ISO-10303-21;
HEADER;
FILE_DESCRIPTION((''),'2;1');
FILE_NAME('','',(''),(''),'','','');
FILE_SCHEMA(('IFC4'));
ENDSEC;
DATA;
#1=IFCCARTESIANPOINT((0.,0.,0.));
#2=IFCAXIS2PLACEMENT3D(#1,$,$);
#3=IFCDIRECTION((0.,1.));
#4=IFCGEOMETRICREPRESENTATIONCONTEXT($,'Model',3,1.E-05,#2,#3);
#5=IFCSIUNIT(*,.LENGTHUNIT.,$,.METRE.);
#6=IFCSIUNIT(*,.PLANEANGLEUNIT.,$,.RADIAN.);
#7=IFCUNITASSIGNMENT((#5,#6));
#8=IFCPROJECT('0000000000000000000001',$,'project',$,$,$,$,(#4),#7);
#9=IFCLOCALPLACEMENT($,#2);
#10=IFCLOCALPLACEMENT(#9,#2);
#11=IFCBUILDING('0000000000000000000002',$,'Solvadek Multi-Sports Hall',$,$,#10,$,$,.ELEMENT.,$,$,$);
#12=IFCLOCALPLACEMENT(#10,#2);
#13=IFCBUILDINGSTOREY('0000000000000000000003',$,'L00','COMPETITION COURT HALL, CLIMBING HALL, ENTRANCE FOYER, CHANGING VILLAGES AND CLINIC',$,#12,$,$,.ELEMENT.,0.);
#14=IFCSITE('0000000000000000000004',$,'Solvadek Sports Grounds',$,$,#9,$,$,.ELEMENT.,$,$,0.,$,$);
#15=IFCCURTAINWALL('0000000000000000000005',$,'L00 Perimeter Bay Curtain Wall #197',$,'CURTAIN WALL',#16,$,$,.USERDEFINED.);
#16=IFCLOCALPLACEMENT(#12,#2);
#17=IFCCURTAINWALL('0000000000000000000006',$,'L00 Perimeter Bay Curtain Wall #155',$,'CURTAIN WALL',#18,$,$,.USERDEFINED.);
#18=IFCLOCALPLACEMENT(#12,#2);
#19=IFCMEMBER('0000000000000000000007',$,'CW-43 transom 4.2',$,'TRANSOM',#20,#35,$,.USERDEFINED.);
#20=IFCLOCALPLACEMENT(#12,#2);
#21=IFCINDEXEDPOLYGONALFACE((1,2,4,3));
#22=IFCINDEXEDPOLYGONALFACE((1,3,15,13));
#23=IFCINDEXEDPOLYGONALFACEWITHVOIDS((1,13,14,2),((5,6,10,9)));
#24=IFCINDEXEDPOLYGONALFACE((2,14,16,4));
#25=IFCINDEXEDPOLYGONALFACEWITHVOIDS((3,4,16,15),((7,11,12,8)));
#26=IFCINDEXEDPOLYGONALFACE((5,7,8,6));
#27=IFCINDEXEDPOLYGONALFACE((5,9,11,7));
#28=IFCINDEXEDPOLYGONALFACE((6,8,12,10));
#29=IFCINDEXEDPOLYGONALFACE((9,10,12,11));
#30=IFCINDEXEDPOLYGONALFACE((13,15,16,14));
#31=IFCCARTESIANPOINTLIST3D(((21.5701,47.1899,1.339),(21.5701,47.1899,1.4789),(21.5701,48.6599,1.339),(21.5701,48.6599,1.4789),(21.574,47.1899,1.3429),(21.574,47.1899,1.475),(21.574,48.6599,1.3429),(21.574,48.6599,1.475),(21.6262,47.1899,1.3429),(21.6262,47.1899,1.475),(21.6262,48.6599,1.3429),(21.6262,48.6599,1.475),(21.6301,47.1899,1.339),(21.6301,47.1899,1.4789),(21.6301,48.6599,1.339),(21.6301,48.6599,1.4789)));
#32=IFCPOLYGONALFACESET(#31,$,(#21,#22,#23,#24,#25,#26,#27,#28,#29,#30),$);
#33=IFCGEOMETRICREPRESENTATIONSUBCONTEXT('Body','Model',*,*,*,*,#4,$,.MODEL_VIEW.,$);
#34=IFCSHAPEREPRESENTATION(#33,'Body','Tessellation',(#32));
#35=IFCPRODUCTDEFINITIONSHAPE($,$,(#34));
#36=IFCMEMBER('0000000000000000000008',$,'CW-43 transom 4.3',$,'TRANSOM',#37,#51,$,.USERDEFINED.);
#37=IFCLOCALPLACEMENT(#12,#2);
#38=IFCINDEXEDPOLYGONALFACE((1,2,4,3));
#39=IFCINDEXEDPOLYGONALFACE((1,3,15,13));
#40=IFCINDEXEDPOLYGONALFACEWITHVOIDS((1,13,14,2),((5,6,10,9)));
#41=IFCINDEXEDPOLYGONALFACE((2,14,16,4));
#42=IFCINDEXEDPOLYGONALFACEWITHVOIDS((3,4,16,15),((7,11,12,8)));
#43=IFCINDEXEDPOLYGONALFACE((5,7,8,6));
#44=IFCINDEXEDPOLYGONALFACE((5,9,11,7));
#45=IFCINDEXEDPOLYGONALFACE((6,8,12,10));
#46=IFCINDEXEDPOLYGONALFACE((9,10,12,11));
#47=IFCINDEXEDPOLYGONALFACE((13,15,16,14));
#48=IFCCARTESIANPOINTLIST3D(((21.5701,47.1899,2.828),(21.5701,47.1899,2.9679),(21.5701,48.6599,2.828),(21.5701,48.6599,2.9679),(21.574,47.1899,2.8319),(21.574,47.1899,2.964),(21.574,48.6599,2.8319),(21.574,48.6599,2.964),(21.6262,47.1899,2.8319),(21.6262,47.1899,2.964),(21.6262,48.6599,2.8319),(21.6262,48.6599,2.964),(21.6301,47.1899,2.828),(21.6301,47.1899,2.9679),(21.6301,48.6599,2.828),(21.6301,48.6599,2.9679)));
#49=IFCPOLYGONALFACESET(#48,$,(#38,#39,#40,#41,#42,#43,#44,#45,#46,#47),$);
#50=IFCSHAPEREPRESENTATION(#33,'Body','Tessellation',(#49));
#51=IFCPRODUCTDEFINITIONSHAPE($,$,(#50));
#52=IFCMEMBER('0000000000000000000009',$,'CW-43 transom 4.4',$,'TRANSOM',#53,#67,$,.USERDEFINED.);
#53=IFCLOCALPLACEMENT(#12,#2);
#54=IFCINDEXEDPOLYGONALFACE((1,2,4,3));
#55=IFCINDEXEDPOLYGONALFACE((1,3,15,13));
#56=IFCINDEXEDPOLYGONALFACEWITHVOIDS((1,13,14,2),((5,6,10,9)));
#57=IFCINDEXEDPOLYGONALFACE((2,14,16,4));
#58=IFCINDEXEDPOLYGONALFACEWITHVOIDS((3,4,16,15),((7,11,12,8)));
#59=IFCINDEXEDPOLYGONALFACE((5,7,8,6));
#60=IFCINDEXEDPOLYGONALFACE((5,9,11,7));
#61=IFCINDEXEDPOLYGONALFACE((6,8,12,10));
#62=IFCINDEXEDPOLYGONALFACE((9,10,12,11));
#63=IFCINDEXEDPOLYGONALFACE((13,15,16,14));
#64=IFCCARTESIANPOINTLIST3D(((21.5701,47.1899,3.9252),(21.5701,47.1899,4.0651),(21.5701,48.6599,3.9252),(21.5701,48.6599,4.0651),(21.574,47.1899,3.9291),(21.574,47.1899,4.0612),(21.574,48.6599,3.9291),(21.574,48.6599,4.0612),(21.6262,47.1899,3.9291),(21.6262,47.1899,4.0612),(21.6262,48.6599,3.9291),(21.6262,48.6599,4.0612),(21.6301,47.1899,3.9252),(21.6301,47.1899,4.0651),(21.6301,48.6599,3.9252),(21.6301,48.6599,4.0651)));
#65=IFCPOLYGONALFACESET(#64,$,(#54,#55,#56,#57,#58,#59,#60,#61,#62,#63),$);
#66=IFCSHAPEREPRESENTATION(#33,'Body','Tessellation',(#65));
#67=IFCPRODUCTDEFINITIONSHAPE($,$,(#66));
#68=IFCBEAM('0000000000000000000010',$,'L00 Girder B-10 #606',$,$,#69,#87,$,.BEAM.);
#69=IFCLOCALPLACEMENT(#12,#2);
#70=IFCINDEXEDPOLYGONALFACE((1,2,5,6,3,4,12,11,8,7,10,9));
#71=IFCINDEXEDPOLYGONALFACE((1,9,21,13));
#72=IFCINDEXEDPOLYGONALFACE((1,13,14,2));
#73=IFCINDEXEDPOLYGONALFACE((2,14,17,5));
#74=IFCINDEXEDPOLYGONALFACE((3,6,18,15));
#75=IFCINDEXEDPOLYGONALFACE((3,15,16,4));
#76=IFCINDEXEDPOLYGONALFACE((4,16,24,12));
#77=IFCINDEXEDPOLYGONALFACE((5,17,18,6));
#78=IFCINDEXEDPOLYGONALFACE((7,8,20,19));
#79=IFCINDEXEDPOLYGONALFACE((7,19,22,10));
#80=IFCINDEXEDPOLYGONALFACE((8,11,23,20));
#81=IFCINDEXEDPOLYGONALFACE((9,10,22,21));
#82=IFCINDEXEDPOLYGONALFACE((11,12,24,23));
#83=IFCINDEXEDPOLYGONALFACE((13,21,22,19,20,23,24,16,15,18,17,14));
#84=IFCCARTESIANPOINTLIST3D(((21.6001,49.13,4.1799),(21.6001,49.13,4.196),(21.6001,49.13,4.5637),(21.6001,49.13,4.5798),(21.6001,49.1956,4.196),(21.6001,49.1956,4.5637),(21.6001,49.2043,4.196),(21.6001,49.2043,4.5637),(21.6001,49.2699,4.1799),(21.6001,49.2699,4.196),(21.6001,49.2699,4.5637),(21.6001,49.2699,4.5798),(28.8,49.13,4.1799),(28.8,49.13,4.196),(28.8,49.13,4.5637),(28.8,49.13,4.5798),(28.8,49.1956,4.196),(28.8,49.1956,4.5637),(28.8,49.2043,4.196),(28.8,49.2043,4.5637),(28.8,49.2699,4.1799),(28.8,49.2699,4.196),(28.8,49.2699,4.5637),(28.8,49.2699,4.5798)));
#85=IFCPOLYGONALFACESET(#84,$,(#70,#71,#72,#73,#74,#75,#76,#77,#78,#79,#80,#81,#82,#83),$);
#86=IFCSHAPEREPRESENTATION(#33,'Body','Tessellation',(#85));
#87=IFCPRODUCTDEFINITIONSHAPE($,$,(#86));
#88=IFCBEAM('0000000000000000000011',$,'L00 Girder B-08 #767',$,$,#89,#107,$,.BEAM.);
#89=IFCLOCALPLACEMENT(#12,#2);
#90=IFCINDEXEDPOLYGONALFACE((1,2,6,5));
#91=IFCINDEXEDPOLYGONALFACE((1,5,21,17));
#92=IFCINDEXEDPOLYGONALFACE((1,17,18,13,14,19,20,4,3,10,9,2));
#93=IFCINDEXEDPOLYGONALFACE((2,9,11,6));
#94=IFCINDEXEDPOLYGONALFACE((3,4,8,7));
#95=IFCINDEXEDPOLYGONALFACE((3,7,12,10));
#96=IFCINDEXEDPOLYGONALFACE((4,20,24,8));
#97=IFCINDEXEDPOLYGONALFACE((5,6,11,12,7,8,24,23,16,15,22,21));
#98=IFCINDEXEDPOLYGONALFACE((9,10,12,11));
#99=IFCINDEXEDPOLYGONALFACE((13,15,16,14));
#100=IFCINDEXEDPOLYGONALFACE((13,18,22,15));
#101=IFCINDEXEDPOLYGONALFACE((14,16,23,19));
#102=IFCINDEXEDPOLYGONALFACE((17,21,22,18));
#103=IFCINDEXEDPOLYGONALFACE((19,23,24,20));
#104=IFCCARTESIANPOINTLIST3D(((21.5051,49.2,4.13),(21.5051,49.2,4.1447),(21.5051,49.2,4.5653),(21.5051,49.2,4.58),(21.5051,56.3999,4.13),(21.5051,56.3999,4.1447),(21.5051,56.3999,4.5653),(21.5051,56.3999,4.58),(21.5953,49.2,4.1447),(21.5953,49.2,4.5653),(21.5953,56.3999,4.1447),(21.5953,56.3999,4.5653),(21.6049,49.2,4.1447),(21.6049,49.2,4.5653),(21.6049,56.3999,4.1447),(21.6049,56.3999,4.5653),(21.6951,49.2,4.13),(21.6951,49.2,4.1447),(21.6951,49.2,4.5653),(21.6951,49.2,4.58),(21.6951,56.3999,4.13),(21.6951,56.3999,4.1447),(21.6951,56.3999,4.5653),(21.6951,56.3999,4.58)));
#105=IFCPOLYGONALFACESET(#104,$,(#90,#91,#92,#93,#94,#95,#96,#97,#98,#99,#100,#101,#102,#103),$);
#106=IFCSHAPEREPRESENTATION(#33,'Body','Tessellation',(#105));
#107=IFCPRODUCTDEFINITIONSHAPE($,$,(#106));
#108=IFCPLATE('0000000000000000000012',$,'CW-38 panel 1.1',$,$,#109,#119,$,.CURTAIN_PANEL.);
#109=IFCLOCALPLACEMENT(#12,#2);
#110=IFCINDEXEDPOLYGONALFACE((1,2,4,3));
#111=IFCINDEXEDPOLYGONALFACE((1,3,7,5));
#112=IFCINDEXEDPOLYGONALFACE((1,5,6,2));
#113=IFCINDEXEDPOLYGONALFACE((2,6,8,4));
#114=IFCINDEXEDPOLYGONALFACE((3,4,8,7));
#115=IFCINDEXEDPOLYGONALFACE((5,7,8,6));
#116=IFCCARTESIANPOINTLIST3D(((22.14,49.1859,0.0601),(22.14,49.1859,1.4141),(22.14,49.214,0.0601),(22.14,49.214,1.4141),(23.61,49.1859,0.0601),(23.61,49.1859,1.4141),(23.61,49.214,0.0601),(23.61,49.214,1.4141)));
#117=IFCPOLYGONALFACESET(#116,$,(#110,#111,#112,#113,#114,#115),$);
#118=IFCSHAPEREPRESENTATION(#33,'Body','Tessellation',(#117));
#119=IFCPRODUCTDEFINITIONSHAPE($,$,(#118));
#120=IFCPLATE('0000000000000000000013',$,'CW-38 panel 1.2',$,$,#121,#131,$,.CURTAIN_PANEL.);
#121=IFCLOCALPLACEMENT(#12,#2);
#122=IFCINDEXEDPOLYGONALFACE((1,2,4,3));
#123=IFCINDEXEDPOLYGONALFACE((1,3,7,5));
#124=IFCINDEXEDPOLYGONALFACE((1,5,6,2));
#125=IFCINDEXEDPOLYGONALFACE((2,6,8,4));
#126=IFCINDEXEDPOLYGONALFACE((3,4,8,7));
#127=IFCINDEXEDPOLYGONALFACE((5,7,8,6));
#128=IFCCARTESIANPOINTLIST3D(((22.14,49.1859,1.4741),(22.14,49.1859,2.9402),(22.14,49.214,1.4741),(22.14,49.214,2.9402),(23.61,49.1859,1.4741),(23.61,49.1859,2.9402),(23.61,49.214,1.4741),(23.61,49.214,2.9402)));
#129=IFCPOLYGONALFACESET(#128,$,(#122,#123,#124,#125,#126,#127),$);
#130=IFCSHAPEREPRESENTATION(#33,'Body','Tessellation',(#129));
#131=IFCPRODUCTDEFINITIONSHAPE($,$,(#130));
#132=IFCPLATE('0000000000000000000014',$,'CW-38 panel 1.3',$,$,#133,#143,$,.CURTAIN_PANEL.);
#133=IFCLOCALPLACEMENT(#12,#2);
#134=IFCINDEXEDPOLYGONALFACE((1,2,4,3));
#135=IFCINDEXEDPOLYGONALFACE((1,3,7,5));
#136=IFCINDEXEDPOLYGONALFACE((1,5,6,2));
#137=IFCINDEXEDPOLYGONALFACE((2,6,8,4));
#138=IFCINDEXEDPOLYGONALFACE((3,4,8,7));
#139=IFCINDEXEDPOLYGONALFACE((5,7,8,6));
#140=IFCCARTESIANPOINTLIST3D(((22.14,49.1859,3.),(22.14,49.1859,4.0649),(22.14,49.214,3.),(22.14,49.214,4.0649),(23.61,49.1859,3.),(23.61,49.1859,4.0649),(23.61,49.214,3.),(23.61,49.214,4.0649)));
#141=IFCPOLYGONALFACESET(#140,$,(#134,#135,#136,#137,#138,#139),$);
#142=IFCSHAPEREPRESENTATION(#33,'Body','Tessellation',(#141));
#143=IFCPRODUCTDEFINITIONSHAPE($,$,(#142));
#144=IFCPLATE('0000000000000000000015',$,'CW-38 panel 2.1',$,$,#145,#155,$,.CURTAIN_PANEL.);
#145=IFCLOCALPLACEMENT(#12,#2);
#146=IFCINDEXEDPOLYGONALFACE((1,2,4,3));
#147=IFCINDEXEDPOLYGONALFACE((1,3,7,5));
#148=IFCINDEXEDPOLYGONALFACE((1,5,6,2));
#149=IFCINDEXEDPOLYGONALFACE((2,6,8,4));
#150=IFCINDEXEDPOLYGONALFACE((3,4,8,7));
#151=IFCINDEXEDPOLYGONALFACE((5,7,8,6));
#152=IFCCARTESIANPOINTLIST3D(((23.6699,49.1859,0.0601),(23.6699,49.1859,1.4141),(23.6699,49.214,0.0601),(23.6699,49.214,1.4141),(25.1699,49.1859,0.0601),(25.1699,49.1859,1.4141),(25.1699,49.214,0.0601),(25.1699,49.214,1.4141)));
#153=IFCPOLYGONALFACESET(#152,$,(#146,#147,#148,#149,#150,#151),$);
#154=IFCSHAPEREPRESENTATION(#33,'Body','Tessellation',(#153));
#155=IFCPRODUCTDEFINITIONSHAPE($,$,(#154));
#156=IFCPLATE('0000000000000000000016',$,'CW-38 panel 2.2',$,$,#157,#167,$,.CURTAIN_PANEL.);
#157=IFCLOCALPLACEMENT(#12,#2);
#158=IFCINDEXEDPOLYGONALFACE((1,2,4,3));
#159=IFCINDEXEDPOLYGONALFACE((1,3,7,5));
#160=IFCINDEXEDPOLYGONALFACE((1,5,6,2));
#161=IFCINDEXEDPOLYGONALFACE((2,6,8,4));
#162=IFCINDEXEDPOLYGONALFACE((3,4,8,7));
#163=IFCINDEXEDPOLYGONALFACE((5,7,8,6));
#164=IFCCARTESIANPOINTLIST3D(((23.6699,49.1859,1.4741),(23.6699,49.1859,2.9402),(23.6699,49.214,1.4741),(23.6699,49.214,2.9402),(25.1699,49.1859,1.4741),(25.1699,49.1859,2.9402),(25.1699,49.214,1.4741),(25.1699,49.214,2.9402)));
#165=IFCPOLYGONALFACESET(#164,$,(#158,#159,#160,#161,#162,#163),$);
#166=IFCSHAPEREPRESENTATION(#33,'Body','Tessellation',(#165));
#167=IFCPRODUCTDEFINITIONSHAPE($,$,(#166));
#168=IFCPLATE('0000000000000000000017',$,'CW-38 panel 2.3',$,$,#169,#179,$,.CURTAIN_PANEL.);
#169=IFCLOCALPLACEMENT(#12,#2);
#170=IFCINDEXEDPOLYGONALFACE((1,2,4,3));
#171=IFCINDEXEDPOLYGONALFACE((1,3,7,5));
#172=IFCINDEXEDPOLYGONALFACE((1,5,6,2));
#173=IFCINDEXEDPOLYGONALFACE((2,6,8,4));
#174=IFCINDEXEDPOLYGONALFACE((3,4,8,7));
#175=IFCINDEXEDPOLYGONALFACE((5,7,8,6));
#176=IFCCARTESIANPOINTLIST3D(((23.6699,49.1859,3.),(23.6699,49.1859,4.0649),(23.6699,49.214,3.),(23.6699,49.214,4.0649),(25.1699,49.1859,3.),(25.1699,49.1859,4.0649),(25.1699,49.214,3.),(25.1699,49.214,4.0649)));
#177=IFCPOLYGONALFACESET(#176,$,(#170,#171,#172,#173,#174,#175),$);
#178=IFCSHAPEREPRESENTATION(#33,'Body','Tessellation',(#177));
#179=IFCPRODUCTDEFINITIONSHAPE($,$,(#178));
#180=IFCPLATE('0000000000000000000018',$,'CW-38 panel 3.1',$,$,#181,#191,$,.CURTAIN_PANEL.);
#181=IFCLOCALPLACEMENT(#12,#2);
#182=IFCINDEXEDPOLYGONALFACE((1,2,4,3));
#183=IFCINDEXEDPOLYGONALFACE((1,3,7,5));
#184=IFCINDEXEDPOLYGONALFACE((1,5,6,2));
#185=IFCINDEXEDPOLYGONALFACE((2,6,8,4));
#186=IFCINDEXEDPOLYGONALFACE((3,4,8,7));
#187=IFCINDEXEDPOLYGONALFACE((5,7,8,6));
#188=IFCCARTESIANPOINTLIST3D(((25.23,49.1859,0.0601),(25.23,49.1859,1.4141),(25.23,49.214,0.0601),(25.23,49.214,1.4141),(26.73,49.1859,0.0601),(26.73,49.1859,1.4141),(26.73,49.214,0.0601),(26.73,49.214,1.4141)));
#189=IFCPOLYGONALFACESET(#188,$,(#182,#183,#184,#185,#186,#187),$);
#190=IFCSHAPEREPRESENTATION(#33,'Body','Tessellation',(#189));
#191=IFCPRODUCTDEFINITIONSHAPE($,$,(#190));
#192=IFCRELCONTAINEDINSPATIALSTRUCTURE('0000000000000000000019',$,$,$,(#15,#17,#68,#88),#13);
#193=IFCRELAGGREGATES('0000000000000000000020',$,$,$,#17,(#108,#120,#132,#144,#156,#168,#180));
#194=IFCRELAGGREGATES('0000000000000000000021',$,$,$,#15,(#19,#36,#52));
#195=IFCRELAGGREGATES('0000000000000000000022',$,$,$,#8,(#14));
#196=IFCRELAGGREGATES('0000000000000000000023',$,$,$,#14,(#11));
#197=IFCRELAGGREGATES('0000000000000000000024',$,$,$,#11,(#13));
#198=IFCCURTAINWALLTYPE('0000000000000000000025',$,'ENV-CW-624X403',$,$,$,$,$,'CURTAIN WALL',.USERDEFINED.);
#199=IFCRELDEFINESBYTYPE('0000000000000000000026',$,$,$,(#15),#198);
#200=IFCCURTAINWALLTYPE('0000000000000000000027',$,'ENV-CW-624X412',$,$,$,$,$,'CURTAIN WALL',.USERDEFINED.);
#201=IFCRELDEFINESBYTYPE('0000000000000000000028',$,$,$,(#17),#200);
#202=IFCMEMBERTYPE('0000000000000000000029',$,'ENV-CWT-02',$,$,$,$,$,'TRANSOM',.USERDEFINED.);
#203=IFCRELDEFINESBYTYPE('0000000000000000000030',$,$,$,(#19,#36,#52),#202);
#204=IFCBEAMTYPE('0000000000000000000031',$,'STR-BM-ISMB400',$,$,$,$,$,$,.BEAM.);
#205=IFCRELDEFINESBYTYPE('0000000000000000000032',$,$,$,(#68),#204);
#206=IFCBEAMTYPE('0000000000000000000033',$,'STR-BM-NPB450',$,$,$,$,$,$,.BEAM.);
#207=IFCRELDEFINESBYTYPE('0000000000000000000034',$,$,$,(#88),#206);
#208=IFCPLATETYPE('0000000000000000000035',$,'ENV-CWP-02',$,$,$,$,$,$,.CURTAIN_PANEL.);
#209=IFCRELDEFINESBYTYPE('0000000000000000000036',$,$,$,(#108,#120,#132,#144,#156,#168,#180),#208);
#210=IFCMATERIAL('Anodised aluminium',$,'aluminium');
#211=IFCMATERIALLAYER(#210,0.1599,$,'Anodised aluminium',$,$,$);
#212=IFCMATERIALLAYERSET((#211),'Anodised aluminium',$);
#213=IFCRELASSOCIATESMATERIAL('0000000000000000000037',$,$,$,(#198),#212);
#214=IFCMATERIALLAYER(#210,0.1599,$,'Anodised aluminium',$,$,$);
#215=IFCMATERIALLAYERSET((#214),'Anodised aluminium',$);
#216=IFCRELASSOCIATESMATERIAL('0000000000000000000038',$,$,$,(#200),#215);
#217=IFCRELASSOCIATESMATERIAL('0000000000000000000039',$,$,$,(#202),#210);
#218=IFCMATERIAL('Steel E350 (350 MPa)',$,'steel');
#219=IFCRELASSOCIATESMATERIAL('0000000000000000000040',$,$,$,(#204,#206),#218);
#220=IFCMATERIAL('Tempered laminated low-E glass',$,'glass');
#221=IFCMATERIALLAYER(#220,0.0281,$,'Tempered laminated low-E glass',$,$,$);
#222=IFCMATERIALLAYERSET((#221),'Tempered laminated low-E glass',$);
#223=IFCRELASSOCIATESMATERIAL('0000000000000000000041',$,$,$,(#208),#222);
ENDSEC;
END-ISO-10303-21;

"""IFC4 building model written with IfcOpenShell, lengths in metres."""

from ifc_helpers import new_model, si_unit, direction, frame, origin, origin_2d, place, context, subcontext, project, spatial, rectangle, hollow_rectangle, i_section, extrude, material, layer, layer_set, material_profile, profile_set, type_object, element, aggregate, save


model = new_model("IFC4")

# Units and contexts
model_context = context("Model", 3, precision=1e-05, world=origin(), true_north=direction((0.0, 1.0)))
body_context = subcontext(model_context, "Body", "Model", "MODEL_VIEW")
ifc_project = project(units=[si_unit("LENGTHUNIT", "METRE"), si_unit("PLANEANGLEUNIT", "RADIAN")], contexts=[model_context])

# Site, building, storey
site_placement = place(None, origin())
site = spatial("IfcSite", under=ifc_project, at=site_placement, Name="Solvadek Sports Grounds", CompositionType="ELEMENT", RefElevation=0.0)
building_placement = place(site_placement, origin())
building = spatial("IfcBuilding", under=site, at=building_placement, Name="Solvadek Multi-Sports Hall", CompositionType="ELEMENT")
storey_placement = place(building_placement, origin())
storey = spatial("IfcBuildingStorey", under=building, at=storey_placement, Name="L00", Description="COMPETITION COURT HALL, CLIMBING HALL, ENTRANCE FOYER, CHANGING VILLAGES AND CLINIC", CompositionType="ELEMENT", Elevation=0.0)

# Shared definitions
ifc_material_1 = material(Name="Steel E350 (350 MPa)", Category="steel")

# Curtain wall
ifc_material_2 = material(Name="Anodised aluminium", Category="aluminium")
ifc_layer_1 = layer(ifc_material_2, 0.1599, Name="Anodised aluminium")
ifc_layer_set_1 = layer_set([ifc_layer_1], Name="Anodised aluminium")
curtain_wall_type_1 = type_object("IfcCurtainWallType", Name="ENV-CW-624X403", ElementType="CURTAIN WALL", PredefinedType="USERDEFINED", material=ifc_layer_set_1)
curtain_wall_1_placement = place(storey_placement, origin())
curtain_wall_1 = element("IfcCurtainWall", 1, at=curtain_wall_1_placement, inside=storey, type_object=curtain_wall_type_1, Name="L00 Perimeter Bay Curtain Wall #197", ObjectType="CURTAIN WALL", PredefinedType="USERDEFINED")

# Curtain wall
ifc_layer_2 = layer(ifc_material_2, 0.1599, Name="Anodised aluminium")
ifc_layer_set_2 = layer_set([ifc_layer_2], Name="Anodised aluminium")
curtain_wall_type_2 = type_object("IfcCurtainWallType", Name="ENV-CW-624X412", ElementType="CURTAIN WALL", PredefinedType="USERDEFINED", material=ifc_layer_set_2)
curtain_wall_2_placement = place(storey_placement, origin())
curtain_wall_2 = element("IfcCurtainWall", 2, at=curtain_wall_2_placement, inside=storey, type_object=curtain_wall_type_2, Name="L00 Perimeter Bay Curtain Wall #155", ObjectType="CURTAIN WALL", PredefinedType="USERDEFINED")
ifc_material_profile_1 = material_profile(ifc_material_2, hollow_rectangle(XDim=0.0601, YDim=0.1399, WallThickness=0.0039, at=origin_2d()), Name="ALU-T 140x60x4")
ifc_profile_set_1 = profile_set([ifc_material_profile_1], Name="Anodised aluminium")
member_type_1 = type_object("IfcMemberType", Name="ENV-CWT-02", ElementType="TRANSOM", PredefinedType="USERDEFINED", material=ifc_profile_set_1)

# Members
member_1_placement = place(storey_placement, frame((21.6001, 47.1899, 1.4089), z_axis=(0.0, 1.0, 0.0), x_axis=(-1.0, 0.0, 0.0)))
member_1 = element("IfcMember", 3, at=member_1_placement, type_object=member_type_1, Name="CW-43 transom 4.2", ObjectType="TRANSOM", PredefinedType="USERDEFINED", context=body_context, shape_type="SweptSolid", body=[
    extrude(hollow_rectangle(XDim=0.0601, YDim=0.1399, WallThickness=0.0039, at=origin_2d()), origin(), (0.0, 0.0, 1.0), 1.47),
])
member_2_placement = place(storey_placement, frame((21.6001, 47.1899, 2.8979), z_axis=(0.0, 1.0, 0.0), x_axis=(-1.0, 0.0, 0.0)))
member_2 = element("IfcMember", 4, at=member_2_placement, type_object=member_type_1, Name="CW-43 transom 4.3", ObjectType="TRANSOM", PredefinedType="USERDEFINED", context=body_context, shape_type="SweptSolid", body=[
    extrude(hollow_rectangle(XDim=0.0601, YDim=0.1399, WallThickness=0.0039, at=origin_2d()), origin(), (0.0, 0.0, 1.0), 1.47),
])
member_3_placement = place(storey_placement, frame((21.6001, 47.1899, 3.9951), z_axis=(0.0, 1.0, 0.0), x_axis=(-1.0, 0.0, 0.0)))
member_3 = element("IfcMember", 5, at=member_3_placement, type_object=member_type_1, Name="CW-43 transom 4.4", ObjectType="TRANSOM", PredefinedType="USERDEFINED", context=body_context, shape_type="SweptSolid", body=[
    extrude(hollow_rectangle(XDim=0.0601, YDim=0.1399, WallThickness=0.0039, at=origin_2d()), origin(), (0.0, 0.0, 1.0), 1.47),
])

# Beams
ifc_material_profile_2 = material_profile(ifc_material_1, i_section(OverallWidth=0.1399, OverallDepth=0.3999, WebThickness=0.0088, FlangeThickness=0.0161, at=origin_2d()), Name="ISMB 400")
ifc_profile_set_2 = profile_set([ifc_material_profile_2], Name="Steel E350 (350 MPa)")
beam_type_1 = type_object("IfcBeamType", Name="STR-BM-ISMB400", PredefinedType="BEAM", material=ifc_profile_set_2)
beam_1_placement = place(storey_placement, frame((21.6001, 49.2, 4.3799), z_axis=(1.0, 0.0, 0.0), x_axis=(0.0, 1.0, 0.0)))
element("IfcBeam", 6, at=beam_1_placement, inside=storey, type_object=beam_type_1, Name="L00 Girder B-10 #606", PredefinedType="BEAM", context=body_context, shape_type="SweptSolid", body=[
    extrude(i_section(OverallWidth=0.1399, OverallDepth=0.3999, WebThickness=0.0088, FlangeThickness=0.0161, at=origin_2d()), origin(), (0.0, 0.0, 1.0), 7.2),
])
ifc_material_profile_3 = material_profile(ifc_material_1, i_section(OverallWidth=0.1899, OverallDepth=0.45, WebThickness=0.0095, FlangeThickness=0.0146, at=origin_2d()), Name="NPB 450")
ifc_profile_set_3 = profile_set([ifc_material_profile_3], Name="Steel E350 (350 MPa)")
beam_type_2 = type_object("IfcBeamType", Name="STR-BM-NPB450", PredefinedType="BEAM", material=ifc_profile_set_3)
beam_2_placement = place(storey_placement, frame((21.6001, 49.2, 4.355), z_axis=(0.0, 1.0, 0.0), x_axis=(-1.0, 0.0, 0.0)))
element("IfcBeam", 7, at=beam_2_placement, inside=storey, type_object=beam_type_2, Name="L00 Girder B-08 #767", PredefinedType="BEAM", context=body_context, shape_type="SweptSolid", body=[
    extrude(i_section(OverallWidth=0.1899, OverallDepth=0.45, WebThickness=0.0095, FlangeThickness=0.0146, at=origin_2d()), origin(), (0.0, 0.0, 1.0), 7.2),
])

# Plates
ifc_material_3 = material(Name="Tempered laminated low-E glass", Category="glass")
ifc_layer_3 = layer(ifc_material_3, 0.0281, Name="Tempered laminated low-E glass")
ifc_layer_set_3 = layer_set([ifc_layer_3], Name="Tempered laminated low-E glass")
plate_type_1 = type_object("IfcPlateType", Name="ENV-CWP-02", PredefinedType="CURTAIN_PANEL", material=ifc_layer_set_3)
plate_1_placement = place(storey_placement, frame((22.875, 49.2, 0.0601), z_axis=(0.0, 0.0, 1.0), x_axis=(1.0, 0.0, 0.0)))
plate_1 = element("IfcPlate", 8, at=plate_1_placement, type_object=plate_type_1, Name="CW-38 panel 1.1", PredefinedType="CURTAIN_PANEL", context=body_context, shape_type="SweptSolid", body=[
    extrude(rectangle(XDim=1.47, YDim=0.0281, at=origin_2d()), origin(), (0.0, 0.0, 1.0), 1.354),
])
plate_2_placement = place(storey_placement, frame((22.875, 49.2, 1.4741), z_axis=(0.0, 0.0, 1.0), x_axis=(1.0, 0.0, 0.0)))
plate_2 = element("IfcPlate", 9, at=plate_2_placement, type_object=plate_type_1, Name="CW-38 panel 1.2", PredefinedType="CURTAIN_PANEL", context=body_context, shape_type="SweptSolid", body=[
    extrude(rectangle(XDim=1.47, YDim=0.0281, at=origin_2d()), origin(), (0.0, 0.0, 1.0), 1.4661),
])
plate_3_placement = place(storey_placement, frame((22.875, 49.2, 3.0), z_axis=(0.0, 0.0, 1.0), x_axis=(1.0, 0.0, 0.0)))
plate_3 = element("IfcPlate", 10, at=plate_3_placement, type_object=plate_type_1, Name="CW-38 panel 1.3", PredefinedType="CURTAIN_PANEL", context=body_context, shape_type="SweptSolid", body=[
    extrude(rectangle(XDim=1.47, YDim=0.0281, at=origin_2d()), origin(), (0.0, 0.0, 1.0), 1.0649),
])
plate_4_placement = place(storey_placement, frame((24.4199, 49.2, 0.0601), z_axis=(0.0, 0.0, 1.0), x_axis=(1.0, 0.0, 0.0)))
plate_4 = element("IfcPlate", 11, at=plate_4_placement, type_object=plate_type_1, Name="CW-38 panel 2.1", PredefinedType="CURTAIN_PANEL", context=body_context, shape_type="SweptSolid", body=[
    extrude(rectangle(XDim=1.5, YDim=0.0281, at=origin_2d()), origin(), (0.0, 0.0, 1.0), 1.354),
])
plate_5_placement = place(storey_placement, frame((24.4199, 49.2, 1.4741), z_axis=(0.0, 0.0, 1.0), x_axis=(1.0, 0.0, 0.0)))
plate_5 = element("IfcPlate", 12, at=plate_5_placement, type_object=plate_type_1, Name="CW-38 panel 2.2", PredefinedType="CURTAIN_PANEL", context=body_context, shape_type="SweptSolid", body=[
    extrude(rectangle(XDim=1.5, YDim=0.0281, at=origin_2d()), origin(), (0.0, 0.0, 1.0), 1.4661),
])
plate_6_placement = place(storey_placement, frame((24.4199, 49.2, 3.0), z_axis=(0.0, 0.0, 1.0), x_axis=(1.0, 0.0, 0.0)))
plate_6 = element("IfcPlate", 13, at=plate_6_placement, type_object=plate_type_1, Name="CW-38 panel 2.3", PredefinedType="CURTAIN_PANEL", context=body_context, shape_type="SweptSolid", body=[
    extrude(rectangle(XDim=1.5, YDim=0.0281, at=origin_2d()), origin(), (0.0, 0.0, 1.0), 1.0649),
])
plate_7_placement = place(storey_placement, frame((25.98, 49.2, 0.0601), z_axis=(0.0, 0.0, 1.0), x_axis=(1.0, 0.0, 0.0)))
plate_7 = element("IfcPlate", 14, at=plate_7_placement, type_object=plate_type_1, Name="CW-38 panel 3.1", PredefinedType="CURTAIN_PANEL", context=body_context, shape_type="SweptSolid", body=[
    extrude(rectangle(XDim=1.5, YDim=0.0281, at=origin_2d()), origin(), (0.0, 0.0, 1.0), 1.354),
])
aggregate(curtain_wall_2, [plate_1, plate_2, plate_3, plate_4, plate_5, plate_6, plate_7])
aggregate(curtain_wall_1, [member_1, member_2, member_3])

save(model, "model.ifc")
